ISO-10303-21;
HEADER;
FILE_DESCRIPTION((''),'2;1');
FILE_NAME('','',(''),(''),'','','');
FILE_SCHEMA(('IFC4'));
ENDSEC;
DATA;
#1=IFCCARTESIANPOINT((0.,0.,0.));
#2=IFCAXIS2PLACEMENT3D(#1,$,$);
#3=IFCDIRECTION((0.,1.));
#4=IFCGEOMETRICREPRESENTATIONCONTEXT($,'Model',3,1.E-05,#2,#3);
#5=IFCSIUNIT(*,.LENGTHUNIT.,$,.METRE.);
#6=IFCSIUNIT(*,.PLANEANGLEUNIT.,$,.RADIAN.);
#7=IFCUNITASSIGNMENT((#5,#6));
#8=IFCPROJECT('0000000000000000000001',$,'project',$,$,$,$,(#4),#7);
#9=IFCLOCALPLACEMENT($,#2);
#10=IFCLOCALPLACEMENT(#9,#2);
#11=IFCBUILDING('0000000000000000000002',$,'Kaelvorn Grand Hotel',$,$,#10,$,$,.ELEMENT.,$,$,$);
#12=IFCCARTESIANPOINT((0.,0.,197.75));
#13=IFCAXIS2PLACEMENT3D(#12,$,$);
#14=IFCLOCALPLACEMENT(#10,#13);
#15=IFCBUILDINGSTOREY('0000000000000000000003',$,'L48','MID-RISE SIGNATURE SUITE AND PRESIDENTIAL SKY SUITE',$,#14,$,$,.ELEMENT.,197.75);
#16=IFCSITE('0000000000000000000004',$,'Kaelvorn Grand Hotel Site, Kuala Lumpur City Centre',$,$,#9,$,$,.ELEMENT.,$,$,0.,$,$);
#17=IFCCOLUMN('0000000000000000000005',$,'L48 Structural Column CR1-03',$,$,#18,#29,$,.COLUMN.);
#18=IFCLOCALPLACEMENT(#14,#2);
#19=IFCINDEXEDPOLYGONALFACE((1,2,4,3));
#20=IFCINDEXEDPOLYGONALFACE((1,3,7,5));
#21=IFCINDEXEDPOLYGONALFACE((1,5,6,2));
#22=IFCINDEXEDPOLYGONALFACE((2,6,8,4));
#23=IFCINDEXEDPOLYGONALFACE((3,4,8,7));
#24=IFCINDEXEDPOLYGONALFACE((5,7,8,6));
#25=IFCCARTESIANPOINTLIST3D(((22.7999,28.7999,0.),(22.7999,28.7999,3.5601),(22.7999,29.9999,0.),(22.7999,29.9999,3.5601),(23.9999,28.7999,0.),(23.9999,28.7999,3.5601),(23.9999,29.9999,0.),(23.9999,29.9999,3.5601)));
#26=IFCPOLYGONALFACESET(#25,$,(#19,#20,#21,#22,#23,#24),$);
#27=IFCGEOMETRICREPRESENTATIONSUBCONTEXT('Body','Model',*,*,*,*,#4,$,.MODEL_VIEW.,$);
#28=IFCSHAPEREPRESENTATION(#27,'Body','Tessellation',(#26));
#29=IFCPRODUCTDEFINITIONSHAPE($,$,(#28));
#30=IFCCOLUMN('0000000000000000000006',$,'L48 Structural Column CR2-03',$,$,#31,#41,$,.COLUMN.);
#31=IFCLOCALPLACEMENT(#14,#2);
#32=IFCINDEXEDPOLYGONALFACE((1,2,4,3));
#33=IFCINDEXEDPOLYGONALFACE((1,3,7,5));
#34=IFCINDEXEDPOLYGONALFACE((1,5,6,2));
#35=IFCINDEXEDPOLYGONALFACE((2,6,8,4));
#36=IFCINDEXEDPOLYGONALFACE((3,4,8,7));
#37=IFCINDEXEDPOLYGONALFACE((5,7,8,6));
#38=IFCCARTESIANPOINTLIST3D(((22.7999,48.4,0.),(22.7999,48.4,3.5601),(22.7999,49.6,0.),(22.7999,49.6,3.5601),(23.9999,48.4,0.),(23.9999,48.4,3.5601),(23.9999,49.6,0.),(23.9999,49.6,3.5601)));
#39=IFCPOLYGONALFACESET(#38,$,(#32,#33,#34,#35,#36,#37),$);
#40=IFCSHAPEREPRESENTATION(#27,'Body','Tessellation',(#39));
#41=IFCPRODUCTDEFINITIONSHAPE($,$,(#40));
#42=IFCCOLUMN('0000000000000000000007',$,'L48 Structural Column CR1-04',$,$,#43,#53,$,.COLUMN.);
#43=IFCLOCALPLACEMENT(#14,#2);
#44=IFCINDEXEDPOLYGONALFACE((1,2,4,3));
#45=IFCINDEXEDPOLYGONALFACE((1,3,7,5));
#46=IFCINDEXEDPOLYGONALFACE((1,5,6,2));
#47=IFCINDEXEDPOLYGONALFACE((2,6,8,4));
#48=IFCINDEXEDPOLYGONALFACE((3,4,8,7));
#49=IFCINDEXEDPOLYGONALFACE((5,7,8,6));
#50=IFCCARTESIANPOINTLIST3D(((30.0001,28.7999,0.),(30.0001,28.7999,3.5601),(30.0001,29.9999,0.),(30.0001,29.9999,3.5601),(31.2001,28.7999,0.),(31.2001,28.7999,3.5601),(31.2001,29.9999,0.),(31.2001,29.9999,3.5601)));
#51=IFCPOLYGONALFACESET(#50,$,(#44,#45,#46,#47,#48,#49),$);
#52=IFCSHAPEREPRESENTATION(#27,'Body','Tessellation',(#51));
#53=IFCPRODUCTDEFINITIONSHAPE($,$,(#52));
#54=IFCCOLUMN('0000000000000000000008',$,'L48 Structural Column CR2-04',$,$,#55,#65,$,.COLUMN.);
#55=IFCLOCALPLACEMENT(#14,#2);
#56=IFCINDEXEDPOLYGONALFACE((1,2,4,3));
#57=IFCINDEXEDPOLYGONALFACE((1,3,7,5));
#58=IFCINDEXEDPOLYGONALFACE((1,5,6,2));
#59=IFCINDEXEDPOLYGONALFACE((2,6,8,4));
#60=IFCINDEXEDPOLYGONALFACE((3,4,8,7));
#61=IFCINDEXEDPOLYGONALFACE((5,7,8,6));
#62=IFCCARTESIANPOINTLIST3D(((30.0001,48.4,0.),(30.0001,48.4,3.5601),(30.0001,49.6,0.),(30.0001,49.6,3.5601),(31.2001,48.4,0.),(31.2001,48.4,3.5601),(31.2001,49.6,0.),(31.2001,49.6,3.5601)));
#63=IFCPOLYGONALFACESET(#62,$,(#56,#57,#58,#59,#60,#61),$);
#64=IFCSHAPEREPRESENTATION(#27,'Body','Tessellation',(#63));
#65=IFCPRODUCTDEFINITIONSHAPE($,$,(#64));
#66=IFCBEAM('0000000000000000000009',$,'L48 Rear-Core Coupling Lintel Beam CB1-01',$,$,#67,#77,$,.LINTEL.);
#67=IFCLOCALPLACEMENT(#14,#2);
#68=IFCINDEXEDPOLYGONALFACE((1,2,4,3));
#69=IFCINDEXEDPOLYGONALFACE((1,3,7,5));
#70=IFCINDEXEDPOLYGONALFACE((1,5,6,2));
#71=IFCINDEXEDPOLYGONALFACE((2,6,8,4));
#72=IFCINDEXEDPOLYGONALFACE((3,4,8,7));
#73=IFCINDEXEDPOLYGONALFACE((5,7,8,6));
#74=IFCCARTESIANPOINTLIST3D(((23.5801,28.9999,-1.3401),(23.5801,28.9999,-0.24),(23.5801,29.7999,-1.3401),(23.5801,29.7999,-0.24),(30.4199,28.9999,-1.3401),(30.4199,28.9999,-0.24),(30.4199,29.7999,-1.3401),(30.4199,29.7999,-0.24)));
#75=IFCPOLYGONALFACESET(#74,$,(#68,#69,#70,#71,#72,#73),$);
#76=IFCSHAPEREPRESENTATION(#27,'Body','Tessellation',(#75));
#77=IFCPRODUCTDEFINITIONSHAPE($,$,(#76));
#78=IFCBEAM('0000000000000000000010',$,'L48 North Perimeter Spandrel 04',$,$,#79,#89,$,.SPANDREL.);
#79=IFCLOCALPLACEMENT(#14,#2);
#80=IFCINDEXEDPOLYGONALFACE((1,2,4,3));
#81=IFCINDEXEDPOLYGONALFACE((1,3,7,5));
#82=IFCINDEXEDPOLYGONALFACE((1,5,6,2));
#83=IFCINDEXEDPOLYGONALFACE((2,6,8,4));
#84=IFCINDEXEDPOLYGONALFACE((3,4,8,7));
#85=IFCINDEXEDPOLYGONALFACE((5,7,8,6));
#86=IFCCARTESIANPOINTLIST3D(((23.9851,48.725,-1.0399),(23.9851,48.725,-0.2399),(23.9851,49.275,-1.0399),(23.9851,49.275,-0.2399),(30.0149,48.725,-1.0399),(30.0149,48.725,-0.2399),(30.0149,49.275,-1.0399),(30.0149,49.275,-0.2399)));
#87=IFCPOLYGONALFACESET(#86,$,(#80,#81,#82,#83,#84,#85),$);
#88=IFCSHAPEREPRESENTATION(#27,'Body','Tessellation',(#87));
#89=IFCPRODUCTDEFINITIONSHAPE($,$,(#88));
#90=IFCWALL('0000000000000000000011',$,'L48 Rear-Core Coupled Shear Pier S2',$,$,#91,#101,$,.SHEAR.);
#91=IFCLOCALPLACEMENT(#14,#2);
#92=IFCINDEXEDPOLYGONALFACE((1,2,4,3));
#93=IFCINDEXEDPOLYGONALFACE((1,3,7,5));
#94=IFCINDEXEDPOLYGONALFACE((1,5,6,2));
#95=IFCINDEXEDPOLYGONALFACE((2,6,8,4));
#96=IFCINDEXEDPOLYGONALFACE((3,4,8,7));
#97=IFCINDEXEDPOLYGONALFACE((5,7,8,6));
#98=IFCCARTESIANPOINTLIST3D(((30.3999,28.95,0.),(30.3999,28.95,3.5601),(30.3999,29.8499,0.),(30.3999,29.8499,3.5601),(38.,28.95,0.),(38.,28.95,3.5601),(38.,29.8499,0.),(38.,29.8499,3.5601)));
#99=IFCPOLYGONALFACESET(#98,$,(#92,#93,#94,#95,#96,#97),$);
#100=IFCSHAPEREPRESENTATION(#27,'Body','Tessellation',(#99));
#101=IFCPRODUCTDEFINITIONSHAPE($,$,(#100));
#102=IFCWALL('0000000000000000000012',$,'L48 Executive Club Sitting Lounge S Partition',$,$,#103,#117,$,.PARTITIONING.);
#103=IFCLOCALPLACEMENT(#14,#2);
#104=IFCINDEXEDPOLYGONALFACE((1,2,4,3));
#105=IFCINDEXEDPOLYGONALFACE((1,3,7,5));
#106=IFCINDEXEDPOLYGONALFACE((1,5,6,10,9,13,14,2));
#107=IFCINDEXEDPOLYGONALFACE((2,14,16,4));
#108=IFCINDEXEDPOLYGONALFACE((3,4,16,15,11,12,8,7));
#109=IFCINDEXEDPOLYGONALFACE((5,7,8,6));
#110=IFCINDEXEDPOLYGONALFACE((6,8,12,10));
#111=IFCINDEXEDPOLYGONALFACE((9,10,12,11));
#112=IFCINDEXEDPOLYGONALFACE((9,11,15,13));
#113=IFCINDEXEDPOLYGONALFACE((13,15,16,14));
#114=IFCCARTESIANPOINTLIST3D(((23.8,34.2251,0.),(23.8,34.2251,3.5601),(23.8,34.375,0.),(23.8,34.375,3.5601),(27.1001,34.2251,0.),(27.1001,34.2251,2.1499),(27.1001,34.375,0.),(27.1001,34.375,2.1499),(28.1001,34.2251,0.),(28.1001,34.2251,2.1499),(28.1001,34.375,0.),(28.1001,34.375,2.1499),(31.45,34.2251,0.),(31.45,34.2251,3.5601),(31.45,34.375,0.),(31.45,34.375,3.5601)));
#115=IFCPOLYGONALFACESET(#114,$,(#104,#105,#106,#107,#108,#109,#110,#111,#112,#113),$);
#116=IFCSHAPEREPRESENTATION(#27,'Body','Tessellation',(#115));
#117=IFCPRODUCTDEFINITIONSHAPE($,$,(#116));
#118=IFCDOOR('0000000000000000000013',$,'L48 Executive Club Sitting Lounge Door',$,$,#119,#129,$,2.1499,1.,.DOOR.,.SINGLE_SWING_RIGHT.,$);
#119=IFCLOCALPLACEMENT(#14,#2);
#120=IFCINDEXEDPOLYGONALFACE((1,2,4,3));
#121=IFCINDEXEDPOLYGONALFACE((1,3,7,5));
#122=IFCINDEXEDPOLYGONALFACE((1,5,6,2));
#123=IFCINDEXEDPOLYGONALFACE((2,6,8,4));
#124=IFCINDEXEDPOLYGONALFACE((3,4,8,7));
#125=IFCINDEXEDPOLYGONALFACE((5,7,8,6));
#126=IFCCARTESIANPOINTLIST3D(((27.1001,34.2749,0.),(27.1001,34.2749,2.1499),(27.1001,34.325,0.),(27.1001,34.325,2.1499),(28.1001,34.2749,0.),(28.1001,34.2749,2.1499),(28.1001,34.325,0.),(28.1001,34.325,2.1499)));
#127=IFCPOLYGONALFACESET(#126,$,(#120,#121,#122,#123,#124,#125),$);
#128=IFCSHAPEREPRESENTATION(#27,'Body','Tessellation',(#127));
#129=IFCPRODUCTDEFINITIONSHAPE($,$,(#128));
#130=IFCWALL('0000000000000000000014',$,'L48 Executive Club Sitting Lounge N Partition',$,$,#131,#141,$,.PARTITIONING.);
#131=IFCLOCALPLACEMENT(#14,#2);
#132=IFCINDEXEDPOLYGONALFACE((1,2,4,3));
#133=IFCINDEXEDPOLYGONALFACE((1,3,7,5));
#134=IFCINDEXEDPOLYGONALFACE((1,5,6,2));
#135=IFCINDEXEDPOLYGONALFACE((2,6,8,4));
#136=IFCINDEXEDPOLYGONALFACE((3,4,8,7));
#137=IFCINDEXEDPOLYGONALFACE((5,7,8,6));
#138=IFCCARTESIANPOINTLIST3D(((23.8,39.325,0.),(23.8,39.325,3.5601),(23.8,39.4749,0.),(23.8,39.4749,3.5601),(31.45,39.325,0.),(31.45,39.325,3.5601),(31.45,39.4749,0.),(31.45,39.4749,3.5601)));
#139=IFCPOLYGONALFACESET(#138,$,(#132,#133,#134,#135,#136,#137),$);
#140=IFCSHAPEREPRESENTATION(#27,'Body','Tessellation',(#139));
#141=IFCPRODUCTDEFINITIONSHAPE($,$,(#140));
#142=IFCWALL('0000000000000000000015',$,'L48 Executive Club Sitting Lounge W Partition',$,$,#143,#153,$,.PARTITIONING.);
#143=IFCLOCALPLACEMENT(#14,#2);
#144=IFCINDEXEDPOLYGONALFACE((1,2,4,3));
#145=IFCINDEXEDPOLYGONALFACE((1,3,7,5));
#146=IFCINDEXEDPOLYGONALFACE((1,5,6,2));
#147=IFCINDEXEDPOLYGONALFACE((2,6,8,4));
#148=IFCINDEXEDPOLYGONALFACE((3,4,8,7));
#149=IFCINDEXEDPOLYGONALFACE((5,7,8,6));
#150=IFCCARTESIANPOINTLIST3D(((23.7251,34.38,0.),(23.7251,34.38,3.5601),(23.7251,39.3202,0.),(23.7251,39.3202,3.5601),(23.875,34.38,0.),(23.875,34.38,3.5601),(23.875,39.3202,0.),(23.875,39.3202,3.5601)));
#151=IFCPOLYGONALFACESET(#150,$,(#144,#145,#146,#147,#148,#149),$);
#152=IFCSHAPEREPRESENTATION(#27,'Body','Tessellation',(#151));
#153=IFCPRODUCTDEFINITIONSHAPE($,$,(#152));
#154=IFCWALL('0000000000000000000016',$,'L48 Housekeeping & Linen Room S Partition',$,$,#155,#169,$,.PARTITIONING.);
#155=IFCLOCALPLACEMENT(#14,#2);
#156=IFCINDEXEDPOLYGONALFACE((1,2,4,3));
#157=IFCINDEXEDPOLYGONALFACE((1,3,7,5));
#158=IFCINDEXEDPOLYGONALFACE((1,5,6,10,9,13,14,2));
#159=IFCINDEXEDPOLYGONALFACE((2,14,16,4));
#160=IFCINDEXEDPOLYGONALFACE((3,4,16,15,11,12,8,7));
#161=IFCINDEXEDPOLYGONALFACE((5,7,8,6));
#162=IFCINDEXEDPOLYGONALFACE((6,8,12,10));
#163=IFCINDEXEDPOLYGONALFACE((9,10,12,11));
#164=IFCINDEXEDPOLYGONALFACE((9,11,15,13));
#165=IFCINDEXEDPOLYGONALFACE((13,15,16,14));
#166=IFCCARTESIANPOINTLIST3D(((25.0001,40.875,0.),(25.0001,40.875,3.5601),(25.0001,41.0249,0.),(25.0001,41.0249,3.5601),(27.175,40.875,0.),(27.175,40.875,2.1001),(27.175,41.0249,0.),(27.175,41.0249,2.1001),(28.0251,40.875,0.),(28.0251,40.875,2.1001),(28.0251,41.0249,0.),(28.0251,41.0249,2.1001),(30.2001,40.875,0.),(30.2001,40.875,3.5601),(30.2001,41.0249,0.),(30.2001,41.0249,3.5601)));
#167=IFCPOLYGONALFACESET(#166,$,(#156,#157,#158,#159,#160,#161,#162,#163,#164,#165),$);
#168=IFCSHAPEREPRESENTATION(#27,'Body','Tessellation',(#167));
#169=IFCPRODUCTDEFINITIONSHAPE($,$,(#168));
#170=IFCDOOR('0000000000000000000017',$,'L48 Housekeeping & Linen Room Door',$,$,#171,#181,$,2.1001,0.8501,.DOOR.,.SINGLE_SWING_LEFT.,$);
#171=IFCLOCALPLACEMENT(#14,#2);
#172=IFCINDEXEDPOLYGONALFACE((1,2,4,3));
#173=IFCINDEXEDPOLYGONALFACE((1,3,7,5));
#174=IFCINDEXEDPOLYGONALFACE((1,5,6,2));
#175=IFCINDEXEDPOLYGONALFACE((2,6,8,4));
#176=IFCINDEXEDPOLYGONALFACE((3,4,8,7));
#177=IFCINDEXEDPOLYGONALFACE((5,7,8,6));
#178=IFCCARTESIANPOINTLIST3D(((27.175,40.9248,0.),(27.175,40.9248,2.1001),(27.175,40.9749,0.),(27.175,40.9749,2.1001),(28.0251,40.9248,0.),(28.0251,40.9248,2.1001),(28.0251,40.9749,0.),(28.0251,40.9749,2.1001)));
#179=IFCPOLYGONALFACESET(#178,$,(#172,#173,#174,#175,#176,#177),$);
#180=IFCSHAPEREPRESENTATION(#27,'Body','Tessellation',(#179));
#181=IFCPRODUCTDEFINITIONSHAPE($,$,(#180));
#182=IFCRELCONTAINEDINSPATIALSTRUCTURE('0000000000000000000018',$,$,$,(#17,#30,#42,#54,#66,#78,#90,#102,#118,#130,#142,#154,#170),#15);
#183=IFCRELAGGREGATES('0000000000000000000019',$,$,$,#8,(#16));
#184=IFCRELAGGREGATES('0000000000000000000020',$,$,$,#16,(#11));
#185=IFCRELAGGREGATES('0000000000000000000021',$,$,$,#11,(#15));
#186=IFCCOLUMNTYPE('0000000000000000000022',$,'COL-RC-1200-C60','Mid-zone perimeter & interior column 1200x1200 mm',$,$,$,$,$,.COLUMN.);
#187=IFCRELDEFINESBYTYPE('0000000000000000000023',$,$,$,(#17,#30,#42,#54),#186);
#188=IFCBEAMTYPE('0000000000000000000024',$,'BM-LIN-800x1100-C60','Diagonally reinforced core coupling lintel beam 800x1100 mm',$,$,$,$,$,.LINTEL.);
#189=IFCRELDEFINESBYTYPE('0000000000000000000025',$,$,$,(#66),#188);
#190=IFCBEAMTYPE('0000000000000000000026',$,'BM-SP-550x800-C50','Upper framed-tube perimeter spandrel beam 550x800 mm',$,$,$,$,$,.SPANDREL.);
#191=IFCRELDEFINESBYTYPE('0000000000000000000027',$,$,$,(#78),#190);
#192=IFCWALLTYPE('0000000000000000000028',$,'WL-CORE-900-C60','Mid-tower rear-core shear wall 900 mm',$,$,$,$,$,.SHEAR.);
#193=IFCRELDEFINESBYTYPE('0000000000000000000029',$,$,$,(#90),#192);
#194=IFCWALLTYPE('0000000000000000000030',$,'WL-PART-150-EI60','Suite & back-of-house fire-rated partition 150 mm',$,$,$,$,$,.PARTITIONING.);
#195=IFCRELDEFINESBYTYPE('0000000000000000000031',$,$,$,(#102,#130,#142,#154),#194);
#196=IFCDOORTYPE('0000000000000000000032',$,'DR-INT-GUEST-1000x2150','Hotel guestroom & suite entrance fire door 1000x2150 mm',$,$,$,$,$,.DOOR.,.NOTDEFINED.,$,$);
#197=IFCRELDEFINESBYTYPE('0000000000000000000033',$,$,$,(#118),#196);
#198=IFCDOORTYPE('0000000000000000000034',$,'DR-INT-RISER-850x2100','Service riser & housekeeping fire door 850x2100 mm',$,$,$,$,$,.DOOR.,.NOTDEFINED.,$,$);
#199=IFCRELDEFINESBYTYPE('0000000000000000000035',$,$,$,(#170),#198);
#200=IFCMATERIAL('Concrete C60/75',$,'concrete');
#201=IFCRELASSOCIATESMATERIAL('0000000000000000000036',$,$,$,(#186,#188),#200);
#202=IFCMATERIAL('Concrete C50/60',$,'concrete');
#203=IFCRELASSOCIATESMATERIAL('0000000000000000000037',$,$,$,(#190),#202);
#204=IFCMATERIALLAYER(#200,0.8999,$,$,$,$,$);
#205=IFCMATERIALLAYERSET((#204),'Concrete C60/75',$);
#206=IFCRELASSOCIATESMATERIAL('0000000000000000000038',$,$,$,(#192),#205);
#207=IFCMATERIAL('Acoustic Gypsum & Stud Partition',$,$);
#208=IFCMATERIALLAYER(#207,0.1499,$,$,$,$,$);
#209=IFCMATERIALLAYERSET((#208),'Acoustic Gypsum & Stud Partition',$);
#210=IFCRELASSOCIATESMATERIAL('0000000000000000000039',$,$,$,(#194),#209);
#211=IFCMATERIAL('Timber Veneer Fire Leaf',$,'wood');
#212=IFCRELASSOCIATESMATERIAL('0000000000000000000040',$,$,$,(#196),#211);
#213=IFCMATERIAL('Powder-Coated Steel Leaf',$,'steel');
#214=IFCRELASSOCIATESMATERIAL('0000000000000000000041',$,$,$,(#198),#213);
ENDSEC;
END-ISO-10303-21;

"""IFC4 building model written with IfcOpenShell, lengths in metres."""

from ifc_helpers import new_model, si_unit, direction, frame, frame_2d, origin, origin_2d, place, context, subcontext, project, spatial, rectangle, extrude, material, layer, layer_set, material_profile, profile_set, type_object, element, fill, save


model = new_model("IFC4")

# Units and contexts
model_context = context("Model", 3, precision=1e-05, world=origin(), true_north=direction((0.0, 1.0)))
body_context = subcontext(model_context, "Body", "Model", "MODEL_VIEW")
ifc_project = project(units=[si_unit("LENGTHUNIT", "METRE"), si_unit("PLANEANGLEUNIT", "RADIAN")], contexts=[model_context])

# Site, building, storey
site_placement = place(None, origin())
site = spatial("IfcSite", under=ifc_project, at=site_placement, Name="Kaelvorn Grand Hotel Site, Kuala Lumpur City Centre", CompositionType="ELEMENT", RefElevation=0.0)
building_placement = place(site_placement, origin())
building = spatial("IfcBuilding", under=site, at=building_placement, Name="Kaelvorn Grand Hotel", CompositionType="ELEMENT")
storey_placement = place(building_placement, frame((0.0, 0.0, 197.75)))
storey = spatial("IfcBuildingStorey", under=building, at=storey_placement, Name="L48", Description="MID-RISE SIGNATURE SUITE AND PRESIDENTIAL SKY SUITE", CompositionType="ELEMENT", Elevation=197.75)

# Columns
ifc_material_1 = material(Name="Concrete C60/75", Category="concrete")
ifc_material_profile_1 = material_profile(ifc_material_1, rectangle(XDim=1.2, YDim=1.2, at=origin_2d()), Name="RC COL 1200x1200")
ifc_profile_set_1 = profile_set([ifc_material_profile_1], Name="Concrete C60/75")
column_type = type_object("IfcColumnType", Name="COL-RC-1200-C60", Description="Mid-zone perimeter & interior column 1200x1200 mm", PredefinedType="COLUMN", material=ifc_profile_set_1)
for number, where, z_axis, x_axis, name in (
    (1, (23.3999, 29.3999, 0.0), (0.0, 0.0, 1.0), (1.0, 0.0, 0.0), "L48 Structural Column CR1-03"),
    (2, (23.3999, 49.0, 0.0), (0.0, 0.0, 1.0), (1.0, 0.0, 0.0), "L48 Structural Column CR2-03"),
    (3, (30.6001, 29.3999, 0.0), (0.0, 0.0, 1.0), (1.0, 0.0, 0.0), "L48 Structural Column CR1-04"),
    (4, (30.6001, 49.0, 0.0), (0.0, 0.0, 1.0), (1.0, 0.0, 0.0), "L48 Structural Column CR2-04"),
):
    element("IfcColumn", number, at=place(storey_placement, frame(where, z_axis=z_axis, x_axis=x_axis)), inside=storey, type_object=column_type, Name=name, PredefinedType="COLUMN", context=body_context, shape_type="SweptSolid", body=[
        extrude(rectangle(XDim=1.2, YDim=1.2, at=origin_2d()), origin(), (0.0, 0.0, 1.0), 3.5601),
    ])

# Beams
ifc_material_profile_2 = material_profile(ifc_material_1, rectangle(XDim=0.8, YDim=1.1001, at=origin_2d()), Name="RC LINTEL 800x1100")
ifc_profile_set_2 = profile_set([ifc_material_profile_2], Name="Concrete C60/75")
beam_type_1 = type_object("IfcBeamType", Name="BM-LIN-800x1100-C60", Description="Diagonally reinforced core coupling lintel beam 800x1100 mm", PredefinedType="LINTEL", material=ifc_profile_set_2)
beam_1_placement = place(storey_placement, frame((23.5801, 29.3999, -0.79), z_axis=(1.0, 0.0, 0.0), x_axis=(0.0, 1.0, 0.0)))
element("IfcBeam", 5, at=beam_1_placement, inside=storey, type_object=beam_type_1, Name="L48 Rear-Core Coupling Lintel Beam CB1-01", PredefinedType="LINTEL", context=body_context, shape_type="SweptSolid", body=[
    extrude(rectangle(XDim=0.8, YDim=1.1001, at=origin_2d()), origin(), (0.0, 0.0, 1.0), 6.8398),
])
ifc_material_2 = material(Name="Concrete C50/60", Category="concrete")
ifc_material_profile_3 = material_profile(ifc_material_2, rectangle(XDim=0.55, YDim=0.8, at=origin_2d()), Name="RC SPANDREL 550x800")
ifc_profile_set_3 = profile_set([ifc_material_profile_3], Name="Concrete C50/60")
beam_type_2 = type_object("IfcBeamType", Name="BM-SP-550x800-C50", Description="Upper framed-tube perimeter spandrel beam 550x800 mm", PredefinedType="SPANDREL", material=ifc_profile_set_3)
beam_2_placement = place(storey_placement, frame((23.9851, 49.0, -0.6399), z_axis=(1.0, 0.0, 0.0), x_axis=(0.0, 1.0, 0.0)))
element("IfcBeam", 6, at=beam_2_placement, inside=storey, type_object=beam_type_2, Name="L48 North Perimeter Spandrel 04", PredefinedType="SPANDREL", context=body_context, shape_type="SweptSolid", body=[
    extrude(rectangle(XDim=0.55, YDim=0.8, at=origin_2d()), origin(), (0.0, 0.0, 1.0), 6.0298),
])

# Wall
ifc_layer_1 = layer(ifc_material_1, 0.8999)
ifc_layer_set_1 = layer_set([ifc_layer_1], Name="Concrete C60/75")
wall_type_1 = type_object("IfcWallType", Name="WL-CORE-900-C60", Description="Mid-tower rear-core shear wall 900 mm", PredefinedType="SHEAR", material=ifc_layer_set_1)
wall_1_placement = place(storey_placement, frame((30.3999, 29.3999, 0.0), z_axis=(0.0, 0.0, 1.0), x_axis=(1.0, 0.0, 0.0)))
element("IfcWall", 7, at=wall_1_placement, inside=storey, type_object=wall_type_1, Name="L48 Rear-Core Coupled Shear Pier S2", PredefinedType="SHEAR", context=body_context, shape_type="SweptSolid", body=[
    extrude(rectangle(XDim=7.6001, YDim=0.8999, at=frame_2d((3.8, 0.0))), origin(), (0.0, 0.0, 1.0), 3.5601),
])

# Wall, opening, door
ifc_material_3 = material(Name="Acoustic Gypsum & Stud Partition")
ifc_layer_2 = layer(ifc_material_3, 0.1499)
ifc_layer_set_2 = layer_set([ifc_layer_2], Name="Acoustic Gypsum & Stud Partition")
wall_type_2 = type_object("IfcWallType", Name="WL-PART-150-EI60", Description="Suite & back-of-house fire-rated partition 150 mm", PredefinedType="PARTITIONING", material=ifc_layer_set_2)
wall_2_placement = place(storey_placement, frame((23.8, 34.3, 0.0), z_axis=(0.0, 0.0, 1.0), x_axis=(1.0, 0.0, 0.0)))
wall_2 = element("IfcWall", 8, at=wall_2_placement, inside=storey, type_object=wall_type_2, Name="L48 Executive Club Sitting Lounge S Partition", PredefinedType="PARTITIONING", context=body_context, shape_type="SweptSolid", body=[
    extrude(rectangle(XDim=7.6499, YDim=0.1499, at=frame_2d((3.825, 0.0))), origin(), (0.0, 0.0, 1.0), 3.5601),
])
opening_1_placement = place(wall_2_placement, frame((3.3, 0.0, 0.0)))
opening_1 = element("IfcOpeningElement", 9, at=opening_1_placement, cuts=wall_2, PredefinedType="OPENING", context=body_context, shape_type="SweptSolid", body=[
    extrude(rectangle(XDim=1.0, YDim=2.1499, at=frame_2d((0.5, 1.075))), frame((0.0, 0.085, 0.0), z_axis=(0.0, -1.0, 0.0), x_axis=(1.0, 0.0, 0.0)), (0.0, 0.0, 1.0), 0.1699),
])
ifc_material_4 = material(Name="Timber Veneer Fire Leaf", Category="wood")
door_type_1 = type_object("IfcDoorType", Name="DR-INT-GUEST-1000x2150", Description="Hotel guestroom & suite entrance fire door 1000x2150 mm", OperationType="NOTDEFINED", PredefinedType="DOOR", material=ifc_material_4)
door_1_placement = place(opening_1_placement, origin())
door_1 = element("IfcDoor", 10, at=door_1_placement, inside=storey, type_object=door_type_1, Name="L48 Executive Club Sitting Lounge Door", OperationType="SINGLE_SWING_RIGHT", OverallHeight=2.1499, OverallWidth=1.0, PredefinedType="DOOR", context=body_context, shape_type="SweptSolid", body=[
    extrude(rectangle(XDim=1.0, YDim=2.1499, at=frame_2d((0.5, 1.075))), frame((0.0, 0.0249, 0.0), z_axis=(0.0, -1.0, 0.0), x_axis=(1.0, 0.0, 0.0)), (0.0, 0.0, 1.0), 0.05),
])
fill(opening_1, door_1)

# Walls
wall_3_placement = place(storey_placement, frame((23.8, 39.3999, 0.0), z_axis=(0.0, 0.0, 1.0), x_axis=(1.0, 0.0, 0.0)))
element("IfcWall", 11, at=wall_3_placement, inside=storey, type_object=wall_type_2, Name="L48 Executive Club Sitting Lounge N Partition", PredefinedType="PARTITIONING", context=body_context, shape_type="SweptSolid", body=[
    extrude(rectangle(XDim=7.6499, YDim=0.1499, at=frame_2d((3.825, 0.0))), origin(), (0.0, 0.0, 1.0), 3.5601),
])
wall_4_placement = place(storey_placement, frame((23.8, 34.3799, 0.0), z_axis=(0.0, 0.0, 1.0), x_axis=(0.0, 1.0, 0.0)))
element("IfcWall", 12, at=wall_4_placement, inside=storey, type_object=wall_type_2, Name="L48 Executive Club Sitting Lounge W Partition", PredefinedType="PARTITIONING", context=body_context, shape_type="SweptSolid", body=[
    extrude(rectangle(XDim=4.9402, YDim=0.1499, at=frame_2d((2.4702, 0.0))), origin(), (0.0, 0.0, 1.0), 3.5601),
])

# Wall, opening, door
wall_5_placement = place(storey_placement, frame((25.0, 40.95, 0.0), z_axis=(0.0, 0.0, 1.0), x_axis=(1.0, 0.0, 0.0)))
wall_5 = element("IfcWall", 13, at=wall_5_placement, inside=storey, type_object=wall_type_2, Name="L48 Housekeeping & Linen Room S Partition", PredefinedType="PARTITIONING", context=body_context, shape_type="SweptSolid", body=[
    extrude(rectangle(XDim=5.2, YDim=0.1499, at=frame_2d((2.6001, 0.0))), origin(), (0.0, 0.0, 1.0), 3.5601),
])
opening_2_placement = place(wall_5_placement, frame((2.175, 0.0, 0.0)))
opening_2 = element("IfcOpeningElement", 14, at=opening_2_placement, cuts=wall_5, PredefinedType="OPENING", context=body_context, shape_type="SweptSolid", body=[
    extrude(rectangle(XDim=0.8501, YDim=2.1001, at=frame_2d((0.425, 1.05))), frame((0.0, 0.085, 0.0), z_axis=(0.0, -1.0, 0.0), x_axis=(1.0, 0.0, 0.0)), (0.0, 0.0, 1.0), 0.1699),
])
ifc_material_5 = material(Name="Powder-Coated Steel Leaf", Category="steel")
door_type_2 = type_object("IfcDoorType", Name="DR-INT-RISER-850x2100", Description="Service riser & housekeeping fire door 850x2100 mm", OperationType="NOTDEFINED", PredefinedType="DOOR", material=ifc_material_5)
door_2_placement = place(opening_2_placement, origin())
door_2 = element("IfcDoor", 15, at=door_2_placement, inside=storey, type_object=door_type_2, Name="L48 Housekeeping & Linen Room Door", OperationType="SINGLE_SWING_LEFT", OverallHeight=2.1001, OverallWidth=0.8501, PredefinedType="DOOR", context=body_context, shape_type="SweptSolid", body=[
    extrude(rectangle(XDim=0.8501, YDim=2.1001, at=frame_2d((0.425, 1.05))), frame((0.0, 0.0249, 0.0), z_axis=(0.0, -1.0, 0.0), x_axis=(1.0, 0.0, 0.0)), (0.0, 0.0, 1.0), 0.05),
])
fill(opening_2, door_2)

save(model, "model.ifc")
